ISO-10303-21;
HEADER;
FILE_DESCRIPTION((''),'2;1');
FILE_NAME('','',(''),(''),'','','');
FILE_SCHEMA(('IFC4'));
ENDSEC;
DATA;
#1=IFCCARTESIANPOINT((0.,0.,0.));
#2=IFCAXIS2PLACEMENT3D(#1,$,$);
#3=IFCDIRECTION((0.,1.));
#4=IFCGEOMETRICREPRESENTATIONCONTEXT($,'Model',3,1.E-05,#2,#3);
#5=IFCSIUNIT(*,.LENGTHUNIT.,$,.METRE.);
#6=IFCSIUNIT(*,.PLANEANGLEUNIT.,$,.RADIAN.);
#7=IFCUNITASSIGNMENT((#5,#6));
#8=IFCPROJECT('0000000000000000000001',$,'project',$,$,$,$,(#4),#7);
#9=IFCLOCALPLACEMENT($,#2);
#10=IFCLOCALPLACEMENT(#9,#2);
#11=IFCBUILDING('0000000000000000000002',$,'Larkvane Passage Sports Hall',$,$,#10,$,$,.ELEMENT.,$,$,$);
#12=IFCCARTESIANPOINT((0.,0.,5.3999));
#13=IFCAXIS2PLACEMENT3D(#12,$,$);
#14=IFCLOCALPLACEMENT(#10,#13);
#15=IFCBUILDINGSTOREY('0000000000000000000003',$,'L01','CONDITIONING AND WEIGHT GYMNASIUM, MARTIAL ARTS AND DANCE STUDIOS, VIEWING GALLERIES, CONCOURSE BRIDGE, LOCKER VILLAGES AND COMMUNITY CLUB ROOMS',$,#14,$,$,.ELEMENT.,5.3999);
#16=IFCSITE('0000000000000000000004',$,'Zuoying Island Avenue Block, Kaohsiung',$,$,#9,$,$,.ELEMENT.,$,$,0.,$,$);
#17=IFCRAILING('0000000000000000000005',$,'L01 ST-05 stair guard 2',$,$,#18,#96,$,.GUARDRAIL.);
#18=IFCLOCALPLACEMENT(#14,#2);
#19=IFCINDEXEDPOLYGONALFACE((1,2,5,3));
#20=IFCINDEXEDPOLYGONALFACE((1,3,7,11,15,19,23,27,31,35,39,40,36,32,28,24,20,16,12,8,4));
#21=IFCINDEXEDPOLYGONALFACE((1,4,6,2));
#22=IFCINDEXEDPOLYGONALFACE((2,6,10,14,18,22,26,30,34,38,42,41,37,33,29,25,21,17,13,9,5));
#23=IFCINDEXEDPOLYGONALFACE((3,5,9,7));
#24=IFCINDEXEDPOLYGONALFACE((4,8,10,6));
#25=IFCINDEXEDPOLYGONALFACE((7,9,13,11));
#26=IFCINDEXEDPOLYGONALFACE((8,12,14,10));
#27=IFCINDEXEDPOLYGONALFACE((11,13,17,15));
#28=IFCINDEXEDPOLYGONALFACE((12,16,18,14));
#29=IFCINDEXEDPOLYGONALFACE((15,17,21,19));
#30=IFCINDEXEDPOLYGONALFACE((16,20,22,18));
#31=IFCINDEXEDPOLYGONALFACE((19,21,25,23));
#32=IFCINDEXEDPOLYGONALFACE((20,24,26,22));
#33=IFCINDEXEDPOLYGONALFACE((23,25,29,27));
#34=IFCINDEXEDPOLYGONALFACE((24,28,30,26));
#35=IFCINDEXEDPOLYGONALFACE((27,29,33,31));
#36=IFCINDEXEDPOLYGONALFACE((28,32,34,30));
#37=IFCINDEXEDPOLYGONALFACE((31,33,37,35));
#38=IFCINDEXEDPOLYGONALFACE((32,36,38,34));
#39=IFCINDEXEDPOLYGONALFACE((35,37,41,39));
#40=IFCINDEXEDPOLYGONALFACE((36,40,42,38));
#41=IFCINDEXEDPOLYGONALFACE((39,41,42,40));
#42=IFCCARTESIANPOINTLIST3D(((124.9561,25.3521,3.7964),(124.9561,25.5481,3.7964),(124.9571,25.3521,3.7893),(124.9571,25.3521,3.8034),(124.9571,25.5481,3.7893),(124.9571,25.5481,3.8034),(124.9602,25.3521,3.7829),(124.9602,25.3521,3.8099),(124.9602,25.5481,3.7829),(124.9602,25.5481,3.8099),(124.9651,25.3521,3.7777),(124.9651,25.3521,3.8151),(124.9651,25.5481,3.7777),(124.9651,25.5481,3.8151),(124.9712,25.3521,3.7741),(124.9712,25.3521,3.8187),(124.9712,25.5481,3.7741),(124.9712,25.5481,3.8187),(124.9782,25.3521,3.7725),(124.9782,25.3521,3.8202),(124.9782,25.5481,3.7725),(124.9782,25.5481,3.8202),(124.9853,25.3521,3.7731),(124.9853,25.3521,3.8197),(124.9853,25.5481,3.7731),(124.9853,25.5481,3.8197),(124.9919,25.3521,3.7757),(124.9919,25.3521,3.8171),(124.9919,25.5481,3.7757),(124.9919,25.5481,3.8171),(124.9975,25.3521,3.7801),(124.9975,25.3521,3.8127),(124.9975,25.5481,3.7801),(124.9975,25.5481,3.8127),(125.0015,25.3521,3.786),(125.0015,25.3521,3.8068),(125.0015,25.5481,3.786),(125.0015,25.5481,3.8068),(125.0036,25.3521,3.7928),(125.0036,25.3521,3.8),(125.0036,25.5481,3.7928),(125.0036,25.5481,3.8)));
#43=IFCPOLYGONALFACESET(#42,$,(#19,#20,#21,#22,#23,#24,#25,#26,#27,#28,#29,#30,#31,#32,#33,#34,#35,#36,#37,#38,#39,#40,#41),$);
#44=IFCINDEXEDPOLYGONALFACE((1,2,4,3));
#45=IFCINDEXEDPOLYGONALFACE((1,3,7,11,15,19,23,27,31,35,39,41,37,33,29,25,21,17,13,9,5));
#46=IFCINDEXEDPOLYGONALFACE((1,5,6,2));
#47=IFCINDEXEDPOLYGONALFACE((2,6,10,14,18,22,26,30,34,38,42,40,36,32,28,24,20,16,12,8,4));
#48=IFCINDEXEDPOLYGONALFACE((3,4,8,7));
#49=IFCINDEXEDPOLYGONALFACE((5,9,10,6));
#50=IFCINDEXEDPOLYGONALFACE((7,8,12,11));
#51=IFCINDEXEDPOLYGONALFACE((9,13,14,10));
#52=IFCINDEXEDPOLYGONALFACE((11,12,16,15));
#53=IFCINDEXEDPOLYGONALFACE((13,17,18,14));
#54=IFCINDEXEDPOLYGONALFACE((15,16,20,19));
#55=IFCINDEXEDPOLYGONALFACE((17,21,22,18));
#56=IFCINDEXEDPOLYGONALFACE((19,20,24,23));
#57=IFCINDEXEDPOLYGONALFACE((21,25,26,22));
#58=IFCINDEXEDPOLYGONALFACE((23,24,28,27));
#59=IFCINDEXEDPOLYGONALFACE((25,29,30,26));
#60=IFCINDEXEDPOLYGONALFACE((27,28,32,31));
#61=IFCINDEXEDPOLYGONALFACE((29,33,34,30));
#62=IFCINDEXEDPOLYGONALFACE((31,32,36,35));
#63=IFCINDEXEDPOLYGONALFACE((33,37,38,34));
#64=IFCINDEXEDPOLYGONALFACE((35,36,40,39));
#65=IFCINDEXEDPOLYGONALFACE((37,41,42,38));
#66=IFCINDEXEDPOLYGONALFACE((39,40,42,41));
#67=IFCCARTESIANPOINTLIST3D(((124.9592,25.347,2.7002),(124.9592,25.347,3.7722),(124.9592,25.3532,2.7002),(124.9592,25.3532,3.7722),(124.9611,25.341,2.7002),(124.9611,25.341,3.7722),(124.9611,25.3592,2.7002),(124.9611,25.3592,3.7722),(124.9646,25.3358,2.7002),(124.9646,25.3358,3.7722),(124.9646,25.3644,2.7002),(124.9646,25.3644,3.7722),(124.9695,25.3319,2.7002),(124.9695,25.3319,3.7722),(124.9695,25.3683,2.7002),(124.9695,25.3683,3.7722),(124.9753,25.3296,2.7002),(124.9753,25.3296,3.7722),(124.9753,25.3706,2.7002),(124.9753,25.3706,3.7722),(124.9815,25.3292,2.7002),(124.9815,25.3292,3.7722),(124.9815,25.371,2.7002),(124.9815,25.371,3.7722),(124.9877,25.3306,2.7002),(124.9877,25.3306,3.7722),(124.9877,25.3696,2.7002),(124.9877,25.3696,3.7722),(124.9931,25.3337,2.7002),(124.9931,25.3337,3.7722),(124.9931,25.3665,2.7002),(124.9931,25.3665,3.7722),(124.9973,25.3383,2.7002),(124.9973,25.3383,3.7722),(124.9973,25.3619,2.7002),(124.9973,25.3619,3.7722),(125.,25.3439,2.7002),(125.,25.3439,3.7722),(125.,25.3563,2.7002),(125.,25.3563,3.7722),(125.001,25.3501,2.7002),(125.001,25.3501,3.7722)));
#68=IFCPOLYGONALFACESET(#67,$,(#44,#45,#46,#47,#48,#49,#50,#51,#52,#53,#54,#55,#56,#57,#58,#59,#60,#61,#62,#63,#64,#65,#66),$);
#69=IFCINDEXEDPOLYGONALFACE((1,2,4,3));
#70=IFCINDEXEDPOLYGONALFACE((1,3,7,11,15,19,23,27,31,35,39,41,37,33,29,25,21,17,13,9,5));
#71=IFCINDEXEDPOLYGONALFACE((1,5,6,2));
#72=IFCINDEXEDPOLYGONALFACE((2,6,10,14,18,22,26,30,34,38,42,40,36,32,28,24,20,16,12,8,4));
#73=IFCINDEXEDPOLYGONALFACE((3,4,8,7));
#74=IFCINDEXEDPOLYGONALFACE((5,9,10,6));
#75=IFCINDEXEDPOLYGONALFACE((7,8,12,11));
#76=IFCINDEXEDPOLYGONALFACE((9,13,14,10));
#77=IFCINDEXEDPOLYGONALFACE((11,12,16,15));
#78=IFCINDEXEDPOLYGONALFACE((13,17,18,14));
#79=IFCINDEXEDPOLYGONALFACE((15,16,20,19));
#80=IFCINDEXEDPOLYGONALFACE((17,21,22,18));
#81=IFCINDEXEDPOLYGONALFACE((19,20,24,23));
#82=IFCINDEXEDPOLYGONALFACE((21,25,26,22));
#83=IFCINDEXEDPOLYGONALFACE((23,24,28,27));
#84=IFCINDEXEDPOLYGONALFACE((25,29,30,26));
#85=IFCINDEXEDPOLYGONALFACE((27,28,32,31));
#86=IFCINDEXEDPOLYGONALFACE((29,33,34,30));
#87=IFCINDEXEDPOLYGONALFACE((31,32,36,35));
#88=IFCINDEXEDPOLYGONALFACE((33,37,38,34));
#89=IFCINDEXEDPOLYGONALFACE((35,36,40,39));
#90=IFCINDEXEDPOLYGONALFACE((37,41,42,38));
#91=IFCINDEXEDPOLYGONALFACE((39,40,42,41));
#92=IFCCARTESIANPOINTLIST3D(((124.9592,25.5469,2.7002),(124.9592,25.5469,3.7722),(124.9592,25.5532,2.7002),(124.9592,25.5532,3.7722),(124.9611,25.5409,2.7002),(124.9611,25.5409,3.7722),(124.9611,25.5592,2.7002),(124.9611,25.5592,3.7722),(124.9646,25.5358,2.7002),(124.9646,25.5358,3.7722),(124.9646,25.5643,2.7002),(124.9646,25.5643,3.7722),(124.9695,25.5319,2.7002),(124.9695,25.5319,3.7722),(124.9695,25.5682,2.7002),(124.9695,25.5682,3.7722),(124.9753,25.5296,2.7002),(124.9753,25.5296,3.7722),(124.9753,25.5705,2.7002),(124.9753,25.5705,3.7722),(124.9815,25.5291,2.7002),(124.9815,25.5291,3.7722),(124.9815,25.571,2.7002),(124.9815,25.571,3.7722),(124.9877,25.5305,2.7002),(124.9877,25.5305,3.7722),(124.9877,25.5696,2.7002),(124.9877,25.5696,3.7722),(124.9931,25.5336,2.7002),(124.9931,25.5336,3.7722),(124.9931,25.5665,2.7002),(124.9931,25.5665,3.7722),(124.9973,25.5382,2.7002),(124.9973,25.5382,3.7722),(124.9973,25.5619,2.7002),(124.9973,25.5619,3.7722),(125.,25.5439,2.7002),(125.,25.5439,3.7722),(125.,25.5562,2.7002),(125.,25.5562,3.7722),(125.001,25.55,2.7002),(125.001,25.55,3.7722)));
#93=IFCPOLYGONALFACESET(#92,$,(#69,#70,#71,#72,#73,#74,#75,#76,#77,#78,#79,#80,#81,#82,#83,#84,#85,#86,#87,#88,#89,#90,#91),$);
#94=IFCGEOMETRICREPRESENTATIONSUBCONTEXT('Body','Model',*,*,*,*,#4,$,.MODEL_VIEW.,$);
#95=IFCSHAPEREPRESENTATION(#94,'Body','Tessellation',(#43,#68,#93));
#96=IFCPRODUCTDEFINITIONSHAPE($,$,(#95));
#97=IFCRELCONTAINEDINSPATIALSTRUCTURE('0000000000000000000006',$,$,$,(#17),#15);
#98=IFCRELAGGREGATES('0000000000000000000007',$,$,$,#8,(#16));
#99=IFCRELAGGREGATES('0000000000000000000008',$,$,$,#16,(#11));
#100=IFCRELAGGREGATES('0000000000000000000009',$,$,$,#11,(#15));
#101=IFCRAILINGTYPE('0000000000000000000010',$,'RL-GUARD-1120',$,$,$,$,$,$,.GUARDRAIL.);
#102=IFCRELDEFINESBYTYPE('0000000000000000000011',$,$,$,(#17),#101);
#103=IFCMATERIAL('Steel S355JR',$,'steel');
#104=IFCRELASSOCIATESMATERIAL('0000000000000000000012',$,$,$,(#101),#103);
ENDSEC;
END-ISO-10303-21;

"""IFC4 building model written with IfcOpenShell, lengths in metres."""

from ifc_helpers import new_model, si_unit, direction, frame, origin, origin_2d, place, context, subcontext, project, spatial, circle, extrude, material, type_object, element, save


model = new_model("IFC4")

# Units and contexts
model_context = context("Model", 3, precision=1e-05, world=origin(), true_north=direction((0.0, 1.0)))
body_context = subcontext(model_context, "Body", "Model", "MODEL_VIEW")
ifc_project = project(units=[si_unit("LENGTHUNIT", "METRE"), si_unit("PLANEANGLEUNIT", "RADIAN")], contexts=[model_context])

# Site, building, storey
site_placement = place(None, origin())
site = spatial("IfcSite", under=ifc_project, at=site_placement, Name="Zuoying Island Avenue Block, Kaohsiung", CompositionType="ELEMENT", RefElevation=0.0)
building_placement = place(site_placement, origin())
building = spatial("IfcBuilding", under=site, at=building_placement, Name="Larkvane Passage Sports Hall", CompositionType="ELEMENT")
storey_placement = place(building_placement, frame((0.0, 0.0, 5.3999)))
storey = spatial("IfcBuildingStorey", under=building, at=storey_placement, Name="L01", Description="CONDITIONING AND WEIGHT GYMNASIUM, MARTIAL ARTS AND DANCE STUDIOS, VIEWING GALLERIES, CONCOURSE BRIDGE, LOCKER VILLAGES AND COMMUNITY CLUB ROOMS", CompositionType="ELEMENT", Elevation=5.3999)

# Shared definitions
ifc_material_1 = material(Name="Steel S355JR", Category="steel")

# Railing
railing_type_1 = type_object("IfcRailingType", Name="RL-GUARD-1120", PredefinedType="GUARDRAIL", material=ifc_material_1)
railing_1_placement = place(storey_placement, frame((124.98, 25.3501, 2.7002)))
element("IfcRailing", 1, at=railing_1_placement, inside=storey, type_object=railing_type_1, Name="L01 ST-05 stair guard 2", PredefinedType="GUARDRAIL", context=body_context, shape_type="SweptSolid", body=[
    extrude(circle(Radius=0.0239, at=origin_2d()), frame((0.0, 0.002, 1.0962), z_axis=(0.0, 1.0, 0.0), x_axis=(-1.0, 0.0, 0.0)), (0.0, 0.0, 1.0), 0.196),
    extrude(circle(Radius=0.021, at=origin_2d()), origin(), (0.0, 0.0, 1.0), 1.072),
    extrude(circle(Radius=0.021, at=origin_2d()), frame((0.0, 0.2, 0.0)), (0.0, 0.0, 1.0), 1.072),
])

save(model, "model.ifc")
